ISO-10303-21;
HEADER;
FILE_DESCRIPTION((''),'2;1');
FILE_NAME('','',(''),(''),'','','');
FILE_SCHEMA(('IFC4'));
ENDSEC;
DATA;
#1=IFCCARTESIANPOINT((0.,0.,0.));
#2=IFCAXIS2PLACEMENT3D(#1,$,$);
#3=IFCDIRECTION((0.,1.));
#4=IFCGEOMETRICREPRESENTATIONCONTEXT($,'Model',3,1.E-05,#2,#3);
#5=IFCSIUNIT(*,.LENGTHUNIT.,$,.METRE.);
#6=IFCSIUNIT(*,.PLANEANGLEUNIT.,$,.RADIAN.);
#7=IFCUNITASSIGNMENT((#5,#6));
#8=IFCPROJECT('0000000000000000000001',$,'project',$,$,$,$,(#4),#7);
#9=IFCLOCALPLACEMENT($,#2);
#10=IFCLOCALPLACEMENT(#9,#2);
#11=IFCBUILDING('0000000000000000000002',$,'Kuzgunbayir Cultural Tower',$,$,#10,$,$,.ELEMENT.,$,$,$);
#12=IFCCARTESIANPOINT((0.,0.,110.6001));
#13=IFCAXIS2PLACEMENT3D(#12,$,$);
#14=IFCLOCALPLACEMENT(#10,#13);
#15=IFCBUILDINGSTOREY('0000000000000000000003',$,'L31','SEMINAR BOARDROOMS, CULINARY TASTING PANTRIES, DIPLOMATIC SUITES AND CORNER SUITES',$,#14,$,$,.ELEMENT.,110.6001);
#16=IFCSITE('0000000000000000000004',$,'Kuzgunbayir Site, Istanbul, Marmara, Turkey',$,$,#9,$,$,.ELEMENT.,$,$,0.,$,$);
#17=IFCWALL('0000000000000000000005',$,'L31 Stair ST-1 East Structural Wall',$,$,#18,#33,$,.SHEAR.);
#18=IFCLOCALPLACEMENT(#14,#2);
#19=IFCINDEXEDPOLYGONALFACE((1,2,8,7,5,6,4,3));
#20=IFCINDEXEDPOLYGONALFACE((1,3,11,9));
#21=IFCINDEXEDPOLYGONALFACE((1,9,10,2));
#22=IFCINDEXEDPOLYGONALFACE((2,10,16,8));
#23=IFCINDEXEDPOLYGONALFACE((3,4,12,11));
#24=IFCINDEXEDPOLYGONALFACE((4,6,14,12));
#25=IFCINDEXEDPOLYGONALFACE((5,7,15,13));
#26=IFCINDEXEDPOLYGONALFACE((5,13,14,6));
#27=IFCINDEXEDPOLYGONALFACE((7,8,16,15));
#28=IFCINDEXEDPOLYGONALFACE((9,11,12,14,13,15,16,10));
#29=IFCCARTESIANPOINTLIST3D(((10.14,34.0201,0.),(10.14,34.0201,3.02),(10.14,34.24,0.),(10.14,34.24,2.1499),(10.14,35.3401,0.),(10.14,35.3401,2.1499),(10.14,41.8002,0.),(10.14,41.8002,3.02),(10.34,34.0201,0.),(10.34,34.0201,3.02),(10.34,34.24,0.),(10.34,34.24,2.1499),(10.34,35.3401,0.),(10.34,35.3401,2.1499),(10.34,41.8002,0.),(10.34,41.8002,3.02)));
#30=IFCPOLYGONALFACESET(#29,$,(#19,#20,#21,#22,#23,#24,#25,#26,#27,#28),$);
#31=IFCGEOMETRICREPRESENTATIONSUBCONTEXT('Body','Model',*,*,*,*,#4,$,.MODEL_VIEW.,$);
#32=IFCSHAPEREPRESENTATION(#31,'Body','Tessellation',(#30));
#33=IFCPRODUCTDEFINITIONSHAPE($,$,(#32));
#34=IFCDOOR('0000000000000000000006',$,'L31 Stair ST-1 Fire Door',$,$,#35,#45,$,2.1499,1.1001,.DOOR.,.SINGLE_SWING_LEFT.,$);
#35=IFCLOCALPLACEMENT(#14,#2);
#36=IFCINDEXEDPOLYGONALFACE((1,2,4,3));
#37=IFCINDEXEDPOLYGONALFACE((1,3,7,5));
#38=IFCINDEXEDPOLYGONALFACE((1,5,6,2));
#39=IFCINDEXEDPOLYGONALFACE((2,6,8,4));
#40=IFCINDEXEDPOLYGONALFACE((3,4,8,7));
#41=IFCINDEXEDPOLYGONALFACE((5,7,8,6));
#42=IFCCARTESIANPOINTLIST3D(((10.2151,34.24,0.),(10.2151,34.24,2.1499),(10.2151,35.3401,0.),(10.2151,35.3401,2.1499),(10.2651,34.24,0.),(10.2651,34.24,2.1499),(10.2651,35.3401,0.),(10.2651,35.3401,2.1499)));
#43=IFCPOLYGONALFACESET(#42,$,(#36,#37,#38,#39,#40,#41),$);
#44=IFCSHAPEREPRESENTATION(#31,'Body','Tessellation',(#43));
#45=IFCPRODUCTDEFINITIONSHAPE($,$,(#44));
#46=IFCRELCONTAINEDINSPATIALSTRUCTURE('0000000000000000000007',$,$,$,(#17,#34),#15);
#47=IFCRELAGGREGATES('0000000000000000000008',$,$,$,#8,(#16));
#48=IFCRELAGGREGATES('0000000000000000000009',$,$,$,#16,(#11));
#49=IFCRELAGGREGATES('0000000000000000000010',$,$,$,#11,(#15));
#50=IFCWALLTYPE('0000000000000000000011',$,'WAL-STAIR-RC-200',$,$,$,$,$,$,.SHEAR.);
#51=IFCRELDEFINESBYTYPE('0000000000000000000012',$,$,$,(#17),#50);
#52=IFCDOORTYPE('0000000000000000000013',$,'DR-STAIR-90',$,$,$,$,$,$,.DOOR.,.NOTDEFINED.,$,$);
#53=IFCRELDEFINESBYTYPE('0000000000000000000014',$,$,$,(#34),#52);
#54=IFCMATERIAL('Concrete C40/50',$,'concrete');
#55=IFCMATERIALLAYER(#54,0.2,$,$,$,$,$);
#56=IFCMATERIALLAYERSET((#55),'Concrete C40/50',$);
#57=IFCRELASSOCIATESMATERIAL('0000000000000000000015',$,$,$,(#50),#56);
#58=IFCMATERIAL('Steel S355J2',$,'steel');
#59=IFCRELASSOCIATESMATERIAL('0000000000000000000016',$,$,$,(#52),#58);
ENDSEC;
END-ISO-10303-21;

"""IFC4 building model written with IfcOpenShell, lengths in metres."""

from ifc_helpers import new_model, si_unit, direction, frame, frame_2d, origin, place, context, subcontext, project, spatial, rectangle, extrude, material, layer, layer_set, type_object, element, fill, save


model = new_model("IFC4")

# Units and contexts
model_context = context("Model", 3, precision=1e-05, world=origin(), true_north=direction((0.0, 1.0)))
body_context = subcontext(model_context, "Body", "Model", "MODEL_VIEW")
ifc_project = project(units=[si_unit("LENGTHUNIT", "METRE"), si_unit("PLANEANGLEUNIT", "RADIAN")], contexts=[model_context])

# Site, building, storey
site_placement = place(None, origin())
site = spatial("IfcSite", under=ifc_project, at=site_placement, Name="Kuzgunbayir Site, Istanbul, Marmara, Turkey", CompositionType="ELEMENT", RefElevation=0.0)
building_placement = place(site_placement, origin())
building = spatial("IfcBuilding", under=site, at=building_placement, Name="Kuzgunbayir Cultural Tower", CompositionType="ELEMENT")
storey_placement = place(building_placement, frame((0.0, 0.0, 110.6001)))
storey = spatial("IfcBuildingStorey", under=building, at=storey_placement, Name="L31", Description="SEMINAR BOARDROOMS, CULINARY TASTING PANTRIES, DIPLOMATIC SUITES AND CORNER SUITES", CompositionType="ELEMENT", Elevation=110.6001)

# Shared definitions
ifc_material_1 = material(Name="Steel S355J2", Category="steel")

# Shared definitions
ifc_material_2 = material(Name="Concrete C40/50", Category="concrete")

# Wall, opening, door
ifc_layer_1 = layer(ifc_material_2, 0.2)
ifc_layer_set_1 = layer_set([ifc_layer_1], Name="Concrete C40/50")
wall_type_1 = type_object("IfcWallType", Name="WAL-STAIR-RC-200", PredefinedType="SHEAR", material=ifc_layer_set_1)
wall_1_placement = place(storey_placement, frame((10.24, 34.02, 0.0), z_axis=(0.0, 0.0, 1.0), x_axis=(0.0, 1.0, 0.0)))
wall_1 = element("IfcWall", 1, at=wall_1_placement, inside=storey, type_object=wall_type_1, Name="L31 Stair ST-1 East Structural Wall", PredefinedType="SHEAR", context=body_context, shape_type="SweptSolid", body=[
    extrude(rectangle(XDim=7.78, YDim=0.2, at=frame_2d((3.8901, 0.0))), origin(), (0.0, 0.0, 1.0), 3.02),
])
opening_1_placement = place(wall_1_placement, frame((0.22, 0.0, 0.0)))
opening_1 = element("IfcOpeningElement", 2, at=opening_1_placement, cuts=wall_1, PredefinedType="OPENING", context=body_context, shape_type="SweptSolid", body=[
    extrude(rectangle(XDim=1.1001, YDim=2.1499, at=frame_2d((0.55, 1.075))), frame((0.0, 0.1099, 0.0), z_axis=(0.0, -1.0, 0.0), x_axis=(1.0, 0.0, 0.0)), (0.0, 0.0, 1.0), 0.22),
])
door_type_1 = type_object("IfcDoorType", Name="DR-STAIR-90", OperationType="NOTDEFINED", PredefinedType="DOOR", material=ifc_material_1)
door_1_placement = place(opening_1_placement, origin())
door_1 = element("IfcDoor", 3, at=door_1_placement, inside=storey, type_object=door_type_1, Name="L31 Stair ST-1 Fire Door", OperationType="SINGLE_SWING_LEFT", OverallHeight=2.1499, OverallWidth=1.1001, PredefinedType="DOOR", context=body_context, shape_type="SweptSolid", body=[
    extrude(rectangle(XDim=1.1001, YDim=2.1499, at=frame_2d((0.55, 1.075))), frame((0.0, 0.0249, 0.0), z_axis=(0.0, -1.0, 0.0), x_axis=(1.0, 0.0, 0.0)), (0.0, 0.0, 1.0), 0.05),
])
fill(opening_1, door_1)

save(model, "model.ifc")
